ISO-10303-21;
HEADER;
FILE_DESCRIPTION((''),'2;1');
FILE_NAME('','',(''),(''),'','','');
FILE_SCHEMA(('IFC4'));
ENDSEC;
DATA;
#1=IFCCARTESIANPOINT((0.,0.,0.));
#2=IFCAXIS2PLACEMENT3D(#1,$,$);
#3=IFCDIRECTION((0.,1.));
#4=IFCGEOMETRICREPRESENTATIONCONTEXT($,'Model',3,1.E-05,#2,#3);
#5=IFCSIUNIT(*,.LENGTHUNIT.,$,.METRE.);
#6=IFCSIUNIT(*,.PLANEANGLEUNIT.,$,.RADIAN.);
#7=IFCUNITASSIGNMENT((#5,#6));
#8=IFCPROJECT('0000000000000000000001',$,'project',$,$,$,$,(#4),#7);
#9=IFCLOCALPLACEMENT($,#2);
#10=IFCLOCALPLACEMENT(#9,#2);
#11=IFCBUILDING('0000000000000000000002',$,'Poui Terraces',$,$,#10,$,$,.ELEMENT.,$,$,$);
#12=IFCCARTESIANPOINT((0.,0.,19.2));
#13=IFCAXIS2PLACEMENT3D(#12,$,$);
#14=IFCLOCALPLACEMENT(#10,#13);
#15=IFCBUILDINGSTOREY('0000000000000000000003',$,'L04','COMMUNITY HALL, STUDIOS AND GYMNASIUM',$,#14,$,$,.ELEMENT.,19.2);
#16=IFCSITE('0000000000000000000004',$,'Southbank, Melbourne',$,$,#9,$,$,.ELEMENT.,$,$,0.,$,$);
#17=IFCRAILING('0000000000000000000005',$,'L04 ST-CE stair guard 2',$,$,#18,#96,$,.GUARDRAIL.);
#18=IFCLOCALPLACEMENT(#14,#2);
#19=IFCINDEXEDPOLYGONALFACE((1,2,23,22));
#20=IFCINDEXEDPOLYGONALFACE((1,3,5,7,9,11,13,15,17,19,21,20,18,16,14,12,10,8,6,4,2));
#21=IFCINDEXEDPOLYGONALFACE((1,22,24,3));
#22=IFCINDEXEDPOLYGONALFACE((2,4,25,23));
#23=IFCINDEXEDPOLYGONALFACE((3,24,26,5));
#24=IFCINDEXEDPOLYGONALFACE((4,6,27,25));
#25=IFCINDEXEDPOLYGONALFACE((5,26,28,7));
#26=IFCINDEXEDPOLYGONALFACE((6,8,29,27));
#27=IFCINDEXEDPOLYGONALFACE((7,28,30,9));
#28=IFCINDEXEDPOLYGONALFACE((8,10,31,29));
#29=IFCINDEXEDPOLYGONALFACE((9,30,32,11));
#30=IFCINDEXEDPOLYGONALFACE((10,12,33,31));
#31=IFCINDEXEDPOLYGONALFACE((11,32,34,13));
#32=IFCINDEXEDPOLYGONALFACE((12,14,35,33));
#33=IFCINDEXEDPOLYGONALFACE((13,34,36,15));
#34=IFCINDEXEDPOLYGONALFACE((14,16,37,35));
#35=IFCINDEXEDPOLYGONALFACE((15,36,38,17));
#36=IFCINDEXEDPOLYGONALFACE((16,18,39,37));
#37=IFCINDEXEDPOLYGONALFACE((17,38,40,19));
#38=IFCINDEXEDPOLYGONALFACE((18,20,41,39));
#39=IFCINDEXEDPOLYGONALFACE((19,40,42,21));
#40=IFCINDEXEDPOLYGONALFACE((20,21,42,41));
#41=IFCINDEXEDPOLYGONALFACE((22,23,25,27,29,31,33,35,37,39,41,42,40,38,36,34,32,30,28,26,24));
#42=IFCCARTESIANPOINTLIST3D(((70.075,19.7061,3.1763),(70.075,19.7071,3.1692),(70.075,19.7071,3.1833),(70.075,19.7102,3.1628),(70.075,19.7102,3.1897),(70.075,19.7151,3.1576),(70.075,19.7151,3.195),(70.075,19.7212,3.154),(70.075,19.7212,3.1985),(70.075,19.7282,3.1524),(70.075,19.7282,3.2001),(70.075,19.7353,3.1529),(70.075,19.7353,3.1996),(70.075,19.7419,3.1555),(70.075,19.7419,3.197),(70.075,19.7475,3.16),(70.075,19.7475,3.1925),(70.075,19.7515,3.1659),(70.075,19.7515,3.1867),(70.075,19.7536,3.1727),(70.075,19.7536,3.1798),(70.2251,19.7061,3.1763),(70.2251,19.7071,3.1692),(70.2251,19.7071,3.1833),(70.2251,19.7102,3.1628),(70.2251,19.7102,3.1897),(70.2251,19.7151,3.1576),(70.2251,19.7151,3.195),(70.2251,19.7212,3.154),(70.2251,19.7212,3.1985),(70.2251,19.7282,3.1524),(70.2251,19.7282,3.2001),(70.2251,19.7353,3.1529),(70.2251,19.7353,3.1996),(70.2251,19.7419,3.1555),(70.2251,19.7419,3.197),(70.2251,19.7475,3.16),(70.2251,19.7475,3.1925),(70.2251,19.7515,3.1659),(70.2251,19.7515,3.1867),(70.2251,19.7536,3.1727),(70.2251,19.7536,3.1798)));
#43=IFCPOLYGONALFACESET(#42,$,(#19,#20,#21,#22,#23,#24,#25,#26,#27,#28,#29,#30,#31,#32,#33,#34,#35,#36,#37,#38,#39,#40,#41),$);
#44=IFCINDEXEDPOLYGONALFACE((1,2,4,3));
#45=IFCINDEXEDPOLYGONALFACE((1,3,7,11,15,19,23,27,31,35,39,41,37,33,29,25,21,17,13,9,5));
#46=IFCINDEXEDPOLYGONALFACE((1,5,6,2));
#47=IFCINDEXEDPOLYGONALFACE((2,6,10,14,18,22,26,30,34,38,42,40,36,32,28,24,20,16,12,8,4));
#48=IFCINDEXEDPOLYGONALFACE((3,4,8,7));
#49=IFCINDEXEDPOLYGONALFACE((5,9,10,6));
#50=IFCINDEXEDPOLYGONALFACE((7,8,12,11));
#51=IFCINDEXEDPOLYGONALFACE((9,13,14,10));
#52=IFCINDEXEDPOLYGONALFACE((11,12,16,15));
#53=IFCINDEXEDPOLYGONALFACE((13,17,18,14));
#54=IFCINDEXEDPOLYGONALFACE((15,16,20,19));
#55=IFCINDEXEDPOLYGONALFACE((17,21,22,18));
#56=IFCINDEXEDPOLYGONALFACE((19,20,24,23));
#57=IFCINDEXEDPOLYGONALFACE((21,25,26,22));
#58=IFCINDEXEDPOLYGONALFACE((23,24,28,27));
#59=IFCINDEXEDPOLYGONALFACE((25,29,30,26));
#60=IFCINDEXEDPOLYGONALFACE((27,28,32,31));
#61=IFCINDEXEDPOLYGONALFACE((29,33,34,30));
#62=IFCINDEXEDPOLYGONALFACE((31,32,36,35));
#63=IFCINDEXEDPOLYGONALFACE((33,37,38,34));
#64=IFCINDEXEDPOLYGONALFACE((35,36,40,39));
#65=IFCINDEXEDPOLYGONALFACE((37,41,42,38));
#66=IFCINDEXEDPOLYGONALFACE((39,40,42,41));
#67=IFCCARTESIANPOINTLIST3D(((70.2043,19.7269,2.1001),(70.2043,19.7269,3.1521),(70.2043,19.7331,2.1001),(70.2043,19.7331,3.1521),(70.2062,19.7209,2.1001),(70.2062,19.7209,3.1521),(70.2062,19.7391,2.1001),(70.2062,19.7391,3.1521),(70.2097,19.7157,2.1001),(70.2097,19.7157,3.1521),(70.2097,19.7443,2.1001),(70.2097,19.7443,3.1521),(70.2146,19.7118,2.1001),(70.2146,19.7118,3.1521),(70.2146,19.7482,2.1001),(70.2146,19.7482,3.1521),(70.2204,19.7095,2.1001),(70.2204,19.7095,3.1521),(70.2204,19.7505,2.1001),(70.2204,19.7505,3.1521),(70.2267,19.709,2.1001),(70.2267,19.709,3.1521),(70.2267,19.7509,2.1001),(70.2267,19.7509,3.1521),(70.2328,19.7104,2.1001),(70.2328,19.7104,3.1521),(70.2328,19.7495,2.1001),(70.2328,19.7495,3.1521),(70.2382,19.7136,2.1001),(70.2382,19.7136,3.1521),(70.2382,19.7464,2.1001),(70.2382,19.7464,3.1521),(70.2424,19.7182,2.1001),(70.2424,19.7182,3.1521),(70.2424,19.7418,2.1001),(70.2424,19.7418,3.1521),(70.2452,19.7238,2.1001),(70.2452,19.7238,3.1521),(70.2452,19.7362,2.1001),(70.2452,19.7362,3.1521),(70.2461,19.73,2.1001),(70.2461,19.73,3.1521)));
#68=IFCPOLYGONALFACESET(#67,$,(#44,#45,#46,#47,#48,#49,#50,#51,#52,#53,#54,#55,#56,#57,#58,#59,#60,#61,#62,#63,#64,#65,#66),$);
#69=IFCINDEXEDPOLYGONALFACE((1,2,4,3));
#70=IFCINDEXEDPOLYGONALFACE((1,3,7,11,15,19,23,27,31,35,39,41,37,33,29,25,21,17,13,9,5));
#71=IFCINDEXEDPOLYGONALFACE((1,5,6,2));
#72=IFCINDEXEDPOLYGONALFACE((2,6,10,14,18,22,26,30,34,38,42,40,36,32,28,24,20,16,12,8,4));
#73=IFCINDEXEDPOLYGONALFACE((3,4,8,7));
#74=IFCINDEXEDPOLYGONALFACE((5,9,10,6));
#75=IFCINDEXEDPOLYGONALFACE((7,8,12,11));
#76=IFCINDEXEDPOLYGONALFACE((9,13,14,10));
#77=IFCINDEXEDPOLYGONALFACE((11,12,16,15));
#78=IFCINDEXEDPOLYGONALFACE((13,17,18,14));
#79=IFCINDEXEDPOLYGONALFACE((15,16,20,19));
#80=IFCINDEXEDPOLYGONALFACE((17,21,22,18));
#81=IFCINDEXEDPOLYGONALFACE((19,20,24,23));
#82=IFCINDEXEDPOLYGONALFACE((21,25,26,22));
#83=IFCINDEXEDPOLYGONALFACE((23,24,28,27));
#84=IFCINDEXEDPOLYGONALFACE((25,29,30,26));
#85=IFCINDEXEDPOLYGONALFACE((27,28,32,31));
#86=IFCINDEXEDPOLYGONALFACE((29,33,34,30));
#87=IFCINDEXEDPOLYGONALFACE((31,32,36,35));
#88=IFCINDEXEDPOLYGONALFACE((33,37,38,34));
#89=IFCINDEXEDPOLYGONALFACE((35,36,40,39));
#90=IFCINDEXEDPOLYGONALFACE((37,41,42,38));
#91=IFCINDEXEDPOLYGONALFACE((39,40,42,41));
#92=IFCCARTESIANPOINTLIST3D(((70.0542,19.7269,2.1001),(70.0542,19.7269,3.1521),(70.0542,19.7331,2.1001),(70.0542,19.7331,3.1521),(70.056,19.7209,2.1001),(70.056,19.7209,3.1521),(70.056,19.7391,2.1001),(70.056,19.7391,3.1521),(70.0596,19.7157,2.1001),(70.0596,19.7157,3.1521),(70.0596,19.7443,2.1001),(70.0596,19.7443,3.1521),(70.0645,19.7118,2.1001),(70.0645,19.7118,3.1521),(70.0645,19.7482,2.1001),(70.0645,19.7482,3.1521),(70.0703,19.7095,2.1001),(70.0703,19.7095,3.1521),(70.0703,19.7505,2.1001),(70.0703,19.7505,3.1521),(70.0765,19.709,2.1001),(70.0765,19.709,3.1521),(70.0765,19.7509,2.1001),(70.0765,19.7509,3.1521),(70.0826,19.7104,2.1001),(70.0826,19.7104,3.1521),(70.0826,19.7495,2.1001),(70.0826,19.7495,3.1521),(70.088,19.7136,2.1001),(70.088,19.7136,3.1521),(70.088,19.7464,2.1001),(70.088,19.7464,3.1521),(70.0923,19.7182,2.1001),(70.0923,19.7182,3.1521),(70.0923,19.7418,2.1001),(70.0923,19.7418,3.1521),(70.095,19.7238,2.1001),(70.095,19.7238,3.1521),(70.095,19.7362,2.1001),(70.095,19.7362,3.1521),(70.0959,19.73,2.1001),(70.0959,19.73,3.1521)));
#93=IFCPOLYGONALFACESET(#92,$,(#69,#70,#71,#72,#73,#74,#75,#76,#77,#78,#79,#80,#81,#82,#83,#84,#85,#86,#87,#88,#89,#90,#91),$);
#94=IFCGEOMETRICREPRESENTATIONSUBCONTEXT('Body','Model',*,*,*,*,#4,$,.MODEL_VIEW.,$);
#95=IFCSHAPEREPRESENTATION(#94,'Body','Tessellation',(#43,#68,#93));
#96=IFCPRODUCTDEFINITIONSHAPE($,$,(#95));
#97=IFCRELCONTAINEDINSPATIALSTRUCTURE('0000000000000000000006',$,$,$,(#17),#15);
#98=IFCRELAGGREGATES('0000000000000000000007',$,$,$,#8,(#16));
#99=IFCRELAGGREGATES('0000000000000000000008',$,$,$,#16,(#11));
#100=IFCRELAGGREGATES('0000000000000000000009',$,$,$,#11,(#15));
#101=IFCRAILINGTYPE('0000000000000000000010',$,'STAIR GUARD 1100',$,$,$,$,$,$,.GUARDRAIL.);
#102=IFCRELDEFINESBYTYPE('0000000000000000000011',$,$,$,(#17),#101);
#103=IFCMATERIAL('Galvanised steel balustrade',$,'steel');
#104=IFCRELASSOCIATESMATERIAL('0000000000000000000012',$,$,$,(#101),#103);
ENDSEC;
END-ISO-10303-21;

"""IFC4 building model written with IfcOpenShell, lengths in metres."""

from ifc_helpers import new_model, si_unit, direction, frame, origin, origin_2d, place, context, subcontext, project, spatial, circle, extrude, material, type_object, element, save


model = new_model("IFC4")

# Units and contexts
model_context = context("Model", 3, precision=1e-05, world=origin(), true_north=direction((0.0, 1.0)))
body_context = subcontext(model_context, "Body", "Model", "MODEL_VIEW")
ifc_project = project(units=[si_unit("LENGTHUNIT", "METRE"), si_unit("PLANEANGLEUNIT", "RADIAN")], contexts=[model_context])

# Site, building, storey
site_placement = place(None, origin())
site = spatial("IfcSite", under=ifc_project, at=site_placement, Name="Southbank, Melbourne", CompositionType="ELEMENT", RefElevation=0.0)
building_placement = place(site_placement, origin())
building = spatial("IfcBuilding", under=site, at=building_placement, Name="Poui Terraces", CompositionType="ELEMENT")
storey_placement = place(building_placement, frame((0.0, 0.0, 19.2)))
storey = spatial("IfcBuildingStorey", under=building, at=storey_placement, Name="L04", Description="COMMUNITY HALL, STUDIOS AND GYMNASIUM", CompositionType="ELEMENT", Elevation=19.2)

# Railing
ifc_material_1 = material(Name="Galvanised steel balustrade", Category="steel")
railing_type_1 = type_object("IfcRailingType", Name="STAIR GUARD 1100", PredefinedType="GUARDRAIL", material=ifc_material_1)
railing_1_placement = place(storey_placement, frame((70.2251, 19.73, 2.1001)))
element("IfcRailing", 1, at=railing_1_placement, inside=storey, type_object=railing_type_1, Name="L04 ST-CE stair guard 2", PredefinedType="GUARDRAIL", context=body_context, shape_type="SweptSolid", body=[
    extrude(circle(Radius=0.0239, at=origin_2d()), frame((0.0, 0.0, 1.0762), z_axis=(-1.0, 0.0, 0.0), x_axis=(0.0, -1.0, 0.0)), (0.0, 0.0, 1.0), 0.1501),
    extrude(circle(Radius=0.021, at=origin_2d()), origin(), (0.0, 0.0, 1.0), 1.052),
    extrude(circle(Radius=0.021, at=origin_2d()), frame((-0.1501, 0.0, 0.0)), (0.0, 0.0, 1.0), 1.052),
])

save(model, "model.ifc")
